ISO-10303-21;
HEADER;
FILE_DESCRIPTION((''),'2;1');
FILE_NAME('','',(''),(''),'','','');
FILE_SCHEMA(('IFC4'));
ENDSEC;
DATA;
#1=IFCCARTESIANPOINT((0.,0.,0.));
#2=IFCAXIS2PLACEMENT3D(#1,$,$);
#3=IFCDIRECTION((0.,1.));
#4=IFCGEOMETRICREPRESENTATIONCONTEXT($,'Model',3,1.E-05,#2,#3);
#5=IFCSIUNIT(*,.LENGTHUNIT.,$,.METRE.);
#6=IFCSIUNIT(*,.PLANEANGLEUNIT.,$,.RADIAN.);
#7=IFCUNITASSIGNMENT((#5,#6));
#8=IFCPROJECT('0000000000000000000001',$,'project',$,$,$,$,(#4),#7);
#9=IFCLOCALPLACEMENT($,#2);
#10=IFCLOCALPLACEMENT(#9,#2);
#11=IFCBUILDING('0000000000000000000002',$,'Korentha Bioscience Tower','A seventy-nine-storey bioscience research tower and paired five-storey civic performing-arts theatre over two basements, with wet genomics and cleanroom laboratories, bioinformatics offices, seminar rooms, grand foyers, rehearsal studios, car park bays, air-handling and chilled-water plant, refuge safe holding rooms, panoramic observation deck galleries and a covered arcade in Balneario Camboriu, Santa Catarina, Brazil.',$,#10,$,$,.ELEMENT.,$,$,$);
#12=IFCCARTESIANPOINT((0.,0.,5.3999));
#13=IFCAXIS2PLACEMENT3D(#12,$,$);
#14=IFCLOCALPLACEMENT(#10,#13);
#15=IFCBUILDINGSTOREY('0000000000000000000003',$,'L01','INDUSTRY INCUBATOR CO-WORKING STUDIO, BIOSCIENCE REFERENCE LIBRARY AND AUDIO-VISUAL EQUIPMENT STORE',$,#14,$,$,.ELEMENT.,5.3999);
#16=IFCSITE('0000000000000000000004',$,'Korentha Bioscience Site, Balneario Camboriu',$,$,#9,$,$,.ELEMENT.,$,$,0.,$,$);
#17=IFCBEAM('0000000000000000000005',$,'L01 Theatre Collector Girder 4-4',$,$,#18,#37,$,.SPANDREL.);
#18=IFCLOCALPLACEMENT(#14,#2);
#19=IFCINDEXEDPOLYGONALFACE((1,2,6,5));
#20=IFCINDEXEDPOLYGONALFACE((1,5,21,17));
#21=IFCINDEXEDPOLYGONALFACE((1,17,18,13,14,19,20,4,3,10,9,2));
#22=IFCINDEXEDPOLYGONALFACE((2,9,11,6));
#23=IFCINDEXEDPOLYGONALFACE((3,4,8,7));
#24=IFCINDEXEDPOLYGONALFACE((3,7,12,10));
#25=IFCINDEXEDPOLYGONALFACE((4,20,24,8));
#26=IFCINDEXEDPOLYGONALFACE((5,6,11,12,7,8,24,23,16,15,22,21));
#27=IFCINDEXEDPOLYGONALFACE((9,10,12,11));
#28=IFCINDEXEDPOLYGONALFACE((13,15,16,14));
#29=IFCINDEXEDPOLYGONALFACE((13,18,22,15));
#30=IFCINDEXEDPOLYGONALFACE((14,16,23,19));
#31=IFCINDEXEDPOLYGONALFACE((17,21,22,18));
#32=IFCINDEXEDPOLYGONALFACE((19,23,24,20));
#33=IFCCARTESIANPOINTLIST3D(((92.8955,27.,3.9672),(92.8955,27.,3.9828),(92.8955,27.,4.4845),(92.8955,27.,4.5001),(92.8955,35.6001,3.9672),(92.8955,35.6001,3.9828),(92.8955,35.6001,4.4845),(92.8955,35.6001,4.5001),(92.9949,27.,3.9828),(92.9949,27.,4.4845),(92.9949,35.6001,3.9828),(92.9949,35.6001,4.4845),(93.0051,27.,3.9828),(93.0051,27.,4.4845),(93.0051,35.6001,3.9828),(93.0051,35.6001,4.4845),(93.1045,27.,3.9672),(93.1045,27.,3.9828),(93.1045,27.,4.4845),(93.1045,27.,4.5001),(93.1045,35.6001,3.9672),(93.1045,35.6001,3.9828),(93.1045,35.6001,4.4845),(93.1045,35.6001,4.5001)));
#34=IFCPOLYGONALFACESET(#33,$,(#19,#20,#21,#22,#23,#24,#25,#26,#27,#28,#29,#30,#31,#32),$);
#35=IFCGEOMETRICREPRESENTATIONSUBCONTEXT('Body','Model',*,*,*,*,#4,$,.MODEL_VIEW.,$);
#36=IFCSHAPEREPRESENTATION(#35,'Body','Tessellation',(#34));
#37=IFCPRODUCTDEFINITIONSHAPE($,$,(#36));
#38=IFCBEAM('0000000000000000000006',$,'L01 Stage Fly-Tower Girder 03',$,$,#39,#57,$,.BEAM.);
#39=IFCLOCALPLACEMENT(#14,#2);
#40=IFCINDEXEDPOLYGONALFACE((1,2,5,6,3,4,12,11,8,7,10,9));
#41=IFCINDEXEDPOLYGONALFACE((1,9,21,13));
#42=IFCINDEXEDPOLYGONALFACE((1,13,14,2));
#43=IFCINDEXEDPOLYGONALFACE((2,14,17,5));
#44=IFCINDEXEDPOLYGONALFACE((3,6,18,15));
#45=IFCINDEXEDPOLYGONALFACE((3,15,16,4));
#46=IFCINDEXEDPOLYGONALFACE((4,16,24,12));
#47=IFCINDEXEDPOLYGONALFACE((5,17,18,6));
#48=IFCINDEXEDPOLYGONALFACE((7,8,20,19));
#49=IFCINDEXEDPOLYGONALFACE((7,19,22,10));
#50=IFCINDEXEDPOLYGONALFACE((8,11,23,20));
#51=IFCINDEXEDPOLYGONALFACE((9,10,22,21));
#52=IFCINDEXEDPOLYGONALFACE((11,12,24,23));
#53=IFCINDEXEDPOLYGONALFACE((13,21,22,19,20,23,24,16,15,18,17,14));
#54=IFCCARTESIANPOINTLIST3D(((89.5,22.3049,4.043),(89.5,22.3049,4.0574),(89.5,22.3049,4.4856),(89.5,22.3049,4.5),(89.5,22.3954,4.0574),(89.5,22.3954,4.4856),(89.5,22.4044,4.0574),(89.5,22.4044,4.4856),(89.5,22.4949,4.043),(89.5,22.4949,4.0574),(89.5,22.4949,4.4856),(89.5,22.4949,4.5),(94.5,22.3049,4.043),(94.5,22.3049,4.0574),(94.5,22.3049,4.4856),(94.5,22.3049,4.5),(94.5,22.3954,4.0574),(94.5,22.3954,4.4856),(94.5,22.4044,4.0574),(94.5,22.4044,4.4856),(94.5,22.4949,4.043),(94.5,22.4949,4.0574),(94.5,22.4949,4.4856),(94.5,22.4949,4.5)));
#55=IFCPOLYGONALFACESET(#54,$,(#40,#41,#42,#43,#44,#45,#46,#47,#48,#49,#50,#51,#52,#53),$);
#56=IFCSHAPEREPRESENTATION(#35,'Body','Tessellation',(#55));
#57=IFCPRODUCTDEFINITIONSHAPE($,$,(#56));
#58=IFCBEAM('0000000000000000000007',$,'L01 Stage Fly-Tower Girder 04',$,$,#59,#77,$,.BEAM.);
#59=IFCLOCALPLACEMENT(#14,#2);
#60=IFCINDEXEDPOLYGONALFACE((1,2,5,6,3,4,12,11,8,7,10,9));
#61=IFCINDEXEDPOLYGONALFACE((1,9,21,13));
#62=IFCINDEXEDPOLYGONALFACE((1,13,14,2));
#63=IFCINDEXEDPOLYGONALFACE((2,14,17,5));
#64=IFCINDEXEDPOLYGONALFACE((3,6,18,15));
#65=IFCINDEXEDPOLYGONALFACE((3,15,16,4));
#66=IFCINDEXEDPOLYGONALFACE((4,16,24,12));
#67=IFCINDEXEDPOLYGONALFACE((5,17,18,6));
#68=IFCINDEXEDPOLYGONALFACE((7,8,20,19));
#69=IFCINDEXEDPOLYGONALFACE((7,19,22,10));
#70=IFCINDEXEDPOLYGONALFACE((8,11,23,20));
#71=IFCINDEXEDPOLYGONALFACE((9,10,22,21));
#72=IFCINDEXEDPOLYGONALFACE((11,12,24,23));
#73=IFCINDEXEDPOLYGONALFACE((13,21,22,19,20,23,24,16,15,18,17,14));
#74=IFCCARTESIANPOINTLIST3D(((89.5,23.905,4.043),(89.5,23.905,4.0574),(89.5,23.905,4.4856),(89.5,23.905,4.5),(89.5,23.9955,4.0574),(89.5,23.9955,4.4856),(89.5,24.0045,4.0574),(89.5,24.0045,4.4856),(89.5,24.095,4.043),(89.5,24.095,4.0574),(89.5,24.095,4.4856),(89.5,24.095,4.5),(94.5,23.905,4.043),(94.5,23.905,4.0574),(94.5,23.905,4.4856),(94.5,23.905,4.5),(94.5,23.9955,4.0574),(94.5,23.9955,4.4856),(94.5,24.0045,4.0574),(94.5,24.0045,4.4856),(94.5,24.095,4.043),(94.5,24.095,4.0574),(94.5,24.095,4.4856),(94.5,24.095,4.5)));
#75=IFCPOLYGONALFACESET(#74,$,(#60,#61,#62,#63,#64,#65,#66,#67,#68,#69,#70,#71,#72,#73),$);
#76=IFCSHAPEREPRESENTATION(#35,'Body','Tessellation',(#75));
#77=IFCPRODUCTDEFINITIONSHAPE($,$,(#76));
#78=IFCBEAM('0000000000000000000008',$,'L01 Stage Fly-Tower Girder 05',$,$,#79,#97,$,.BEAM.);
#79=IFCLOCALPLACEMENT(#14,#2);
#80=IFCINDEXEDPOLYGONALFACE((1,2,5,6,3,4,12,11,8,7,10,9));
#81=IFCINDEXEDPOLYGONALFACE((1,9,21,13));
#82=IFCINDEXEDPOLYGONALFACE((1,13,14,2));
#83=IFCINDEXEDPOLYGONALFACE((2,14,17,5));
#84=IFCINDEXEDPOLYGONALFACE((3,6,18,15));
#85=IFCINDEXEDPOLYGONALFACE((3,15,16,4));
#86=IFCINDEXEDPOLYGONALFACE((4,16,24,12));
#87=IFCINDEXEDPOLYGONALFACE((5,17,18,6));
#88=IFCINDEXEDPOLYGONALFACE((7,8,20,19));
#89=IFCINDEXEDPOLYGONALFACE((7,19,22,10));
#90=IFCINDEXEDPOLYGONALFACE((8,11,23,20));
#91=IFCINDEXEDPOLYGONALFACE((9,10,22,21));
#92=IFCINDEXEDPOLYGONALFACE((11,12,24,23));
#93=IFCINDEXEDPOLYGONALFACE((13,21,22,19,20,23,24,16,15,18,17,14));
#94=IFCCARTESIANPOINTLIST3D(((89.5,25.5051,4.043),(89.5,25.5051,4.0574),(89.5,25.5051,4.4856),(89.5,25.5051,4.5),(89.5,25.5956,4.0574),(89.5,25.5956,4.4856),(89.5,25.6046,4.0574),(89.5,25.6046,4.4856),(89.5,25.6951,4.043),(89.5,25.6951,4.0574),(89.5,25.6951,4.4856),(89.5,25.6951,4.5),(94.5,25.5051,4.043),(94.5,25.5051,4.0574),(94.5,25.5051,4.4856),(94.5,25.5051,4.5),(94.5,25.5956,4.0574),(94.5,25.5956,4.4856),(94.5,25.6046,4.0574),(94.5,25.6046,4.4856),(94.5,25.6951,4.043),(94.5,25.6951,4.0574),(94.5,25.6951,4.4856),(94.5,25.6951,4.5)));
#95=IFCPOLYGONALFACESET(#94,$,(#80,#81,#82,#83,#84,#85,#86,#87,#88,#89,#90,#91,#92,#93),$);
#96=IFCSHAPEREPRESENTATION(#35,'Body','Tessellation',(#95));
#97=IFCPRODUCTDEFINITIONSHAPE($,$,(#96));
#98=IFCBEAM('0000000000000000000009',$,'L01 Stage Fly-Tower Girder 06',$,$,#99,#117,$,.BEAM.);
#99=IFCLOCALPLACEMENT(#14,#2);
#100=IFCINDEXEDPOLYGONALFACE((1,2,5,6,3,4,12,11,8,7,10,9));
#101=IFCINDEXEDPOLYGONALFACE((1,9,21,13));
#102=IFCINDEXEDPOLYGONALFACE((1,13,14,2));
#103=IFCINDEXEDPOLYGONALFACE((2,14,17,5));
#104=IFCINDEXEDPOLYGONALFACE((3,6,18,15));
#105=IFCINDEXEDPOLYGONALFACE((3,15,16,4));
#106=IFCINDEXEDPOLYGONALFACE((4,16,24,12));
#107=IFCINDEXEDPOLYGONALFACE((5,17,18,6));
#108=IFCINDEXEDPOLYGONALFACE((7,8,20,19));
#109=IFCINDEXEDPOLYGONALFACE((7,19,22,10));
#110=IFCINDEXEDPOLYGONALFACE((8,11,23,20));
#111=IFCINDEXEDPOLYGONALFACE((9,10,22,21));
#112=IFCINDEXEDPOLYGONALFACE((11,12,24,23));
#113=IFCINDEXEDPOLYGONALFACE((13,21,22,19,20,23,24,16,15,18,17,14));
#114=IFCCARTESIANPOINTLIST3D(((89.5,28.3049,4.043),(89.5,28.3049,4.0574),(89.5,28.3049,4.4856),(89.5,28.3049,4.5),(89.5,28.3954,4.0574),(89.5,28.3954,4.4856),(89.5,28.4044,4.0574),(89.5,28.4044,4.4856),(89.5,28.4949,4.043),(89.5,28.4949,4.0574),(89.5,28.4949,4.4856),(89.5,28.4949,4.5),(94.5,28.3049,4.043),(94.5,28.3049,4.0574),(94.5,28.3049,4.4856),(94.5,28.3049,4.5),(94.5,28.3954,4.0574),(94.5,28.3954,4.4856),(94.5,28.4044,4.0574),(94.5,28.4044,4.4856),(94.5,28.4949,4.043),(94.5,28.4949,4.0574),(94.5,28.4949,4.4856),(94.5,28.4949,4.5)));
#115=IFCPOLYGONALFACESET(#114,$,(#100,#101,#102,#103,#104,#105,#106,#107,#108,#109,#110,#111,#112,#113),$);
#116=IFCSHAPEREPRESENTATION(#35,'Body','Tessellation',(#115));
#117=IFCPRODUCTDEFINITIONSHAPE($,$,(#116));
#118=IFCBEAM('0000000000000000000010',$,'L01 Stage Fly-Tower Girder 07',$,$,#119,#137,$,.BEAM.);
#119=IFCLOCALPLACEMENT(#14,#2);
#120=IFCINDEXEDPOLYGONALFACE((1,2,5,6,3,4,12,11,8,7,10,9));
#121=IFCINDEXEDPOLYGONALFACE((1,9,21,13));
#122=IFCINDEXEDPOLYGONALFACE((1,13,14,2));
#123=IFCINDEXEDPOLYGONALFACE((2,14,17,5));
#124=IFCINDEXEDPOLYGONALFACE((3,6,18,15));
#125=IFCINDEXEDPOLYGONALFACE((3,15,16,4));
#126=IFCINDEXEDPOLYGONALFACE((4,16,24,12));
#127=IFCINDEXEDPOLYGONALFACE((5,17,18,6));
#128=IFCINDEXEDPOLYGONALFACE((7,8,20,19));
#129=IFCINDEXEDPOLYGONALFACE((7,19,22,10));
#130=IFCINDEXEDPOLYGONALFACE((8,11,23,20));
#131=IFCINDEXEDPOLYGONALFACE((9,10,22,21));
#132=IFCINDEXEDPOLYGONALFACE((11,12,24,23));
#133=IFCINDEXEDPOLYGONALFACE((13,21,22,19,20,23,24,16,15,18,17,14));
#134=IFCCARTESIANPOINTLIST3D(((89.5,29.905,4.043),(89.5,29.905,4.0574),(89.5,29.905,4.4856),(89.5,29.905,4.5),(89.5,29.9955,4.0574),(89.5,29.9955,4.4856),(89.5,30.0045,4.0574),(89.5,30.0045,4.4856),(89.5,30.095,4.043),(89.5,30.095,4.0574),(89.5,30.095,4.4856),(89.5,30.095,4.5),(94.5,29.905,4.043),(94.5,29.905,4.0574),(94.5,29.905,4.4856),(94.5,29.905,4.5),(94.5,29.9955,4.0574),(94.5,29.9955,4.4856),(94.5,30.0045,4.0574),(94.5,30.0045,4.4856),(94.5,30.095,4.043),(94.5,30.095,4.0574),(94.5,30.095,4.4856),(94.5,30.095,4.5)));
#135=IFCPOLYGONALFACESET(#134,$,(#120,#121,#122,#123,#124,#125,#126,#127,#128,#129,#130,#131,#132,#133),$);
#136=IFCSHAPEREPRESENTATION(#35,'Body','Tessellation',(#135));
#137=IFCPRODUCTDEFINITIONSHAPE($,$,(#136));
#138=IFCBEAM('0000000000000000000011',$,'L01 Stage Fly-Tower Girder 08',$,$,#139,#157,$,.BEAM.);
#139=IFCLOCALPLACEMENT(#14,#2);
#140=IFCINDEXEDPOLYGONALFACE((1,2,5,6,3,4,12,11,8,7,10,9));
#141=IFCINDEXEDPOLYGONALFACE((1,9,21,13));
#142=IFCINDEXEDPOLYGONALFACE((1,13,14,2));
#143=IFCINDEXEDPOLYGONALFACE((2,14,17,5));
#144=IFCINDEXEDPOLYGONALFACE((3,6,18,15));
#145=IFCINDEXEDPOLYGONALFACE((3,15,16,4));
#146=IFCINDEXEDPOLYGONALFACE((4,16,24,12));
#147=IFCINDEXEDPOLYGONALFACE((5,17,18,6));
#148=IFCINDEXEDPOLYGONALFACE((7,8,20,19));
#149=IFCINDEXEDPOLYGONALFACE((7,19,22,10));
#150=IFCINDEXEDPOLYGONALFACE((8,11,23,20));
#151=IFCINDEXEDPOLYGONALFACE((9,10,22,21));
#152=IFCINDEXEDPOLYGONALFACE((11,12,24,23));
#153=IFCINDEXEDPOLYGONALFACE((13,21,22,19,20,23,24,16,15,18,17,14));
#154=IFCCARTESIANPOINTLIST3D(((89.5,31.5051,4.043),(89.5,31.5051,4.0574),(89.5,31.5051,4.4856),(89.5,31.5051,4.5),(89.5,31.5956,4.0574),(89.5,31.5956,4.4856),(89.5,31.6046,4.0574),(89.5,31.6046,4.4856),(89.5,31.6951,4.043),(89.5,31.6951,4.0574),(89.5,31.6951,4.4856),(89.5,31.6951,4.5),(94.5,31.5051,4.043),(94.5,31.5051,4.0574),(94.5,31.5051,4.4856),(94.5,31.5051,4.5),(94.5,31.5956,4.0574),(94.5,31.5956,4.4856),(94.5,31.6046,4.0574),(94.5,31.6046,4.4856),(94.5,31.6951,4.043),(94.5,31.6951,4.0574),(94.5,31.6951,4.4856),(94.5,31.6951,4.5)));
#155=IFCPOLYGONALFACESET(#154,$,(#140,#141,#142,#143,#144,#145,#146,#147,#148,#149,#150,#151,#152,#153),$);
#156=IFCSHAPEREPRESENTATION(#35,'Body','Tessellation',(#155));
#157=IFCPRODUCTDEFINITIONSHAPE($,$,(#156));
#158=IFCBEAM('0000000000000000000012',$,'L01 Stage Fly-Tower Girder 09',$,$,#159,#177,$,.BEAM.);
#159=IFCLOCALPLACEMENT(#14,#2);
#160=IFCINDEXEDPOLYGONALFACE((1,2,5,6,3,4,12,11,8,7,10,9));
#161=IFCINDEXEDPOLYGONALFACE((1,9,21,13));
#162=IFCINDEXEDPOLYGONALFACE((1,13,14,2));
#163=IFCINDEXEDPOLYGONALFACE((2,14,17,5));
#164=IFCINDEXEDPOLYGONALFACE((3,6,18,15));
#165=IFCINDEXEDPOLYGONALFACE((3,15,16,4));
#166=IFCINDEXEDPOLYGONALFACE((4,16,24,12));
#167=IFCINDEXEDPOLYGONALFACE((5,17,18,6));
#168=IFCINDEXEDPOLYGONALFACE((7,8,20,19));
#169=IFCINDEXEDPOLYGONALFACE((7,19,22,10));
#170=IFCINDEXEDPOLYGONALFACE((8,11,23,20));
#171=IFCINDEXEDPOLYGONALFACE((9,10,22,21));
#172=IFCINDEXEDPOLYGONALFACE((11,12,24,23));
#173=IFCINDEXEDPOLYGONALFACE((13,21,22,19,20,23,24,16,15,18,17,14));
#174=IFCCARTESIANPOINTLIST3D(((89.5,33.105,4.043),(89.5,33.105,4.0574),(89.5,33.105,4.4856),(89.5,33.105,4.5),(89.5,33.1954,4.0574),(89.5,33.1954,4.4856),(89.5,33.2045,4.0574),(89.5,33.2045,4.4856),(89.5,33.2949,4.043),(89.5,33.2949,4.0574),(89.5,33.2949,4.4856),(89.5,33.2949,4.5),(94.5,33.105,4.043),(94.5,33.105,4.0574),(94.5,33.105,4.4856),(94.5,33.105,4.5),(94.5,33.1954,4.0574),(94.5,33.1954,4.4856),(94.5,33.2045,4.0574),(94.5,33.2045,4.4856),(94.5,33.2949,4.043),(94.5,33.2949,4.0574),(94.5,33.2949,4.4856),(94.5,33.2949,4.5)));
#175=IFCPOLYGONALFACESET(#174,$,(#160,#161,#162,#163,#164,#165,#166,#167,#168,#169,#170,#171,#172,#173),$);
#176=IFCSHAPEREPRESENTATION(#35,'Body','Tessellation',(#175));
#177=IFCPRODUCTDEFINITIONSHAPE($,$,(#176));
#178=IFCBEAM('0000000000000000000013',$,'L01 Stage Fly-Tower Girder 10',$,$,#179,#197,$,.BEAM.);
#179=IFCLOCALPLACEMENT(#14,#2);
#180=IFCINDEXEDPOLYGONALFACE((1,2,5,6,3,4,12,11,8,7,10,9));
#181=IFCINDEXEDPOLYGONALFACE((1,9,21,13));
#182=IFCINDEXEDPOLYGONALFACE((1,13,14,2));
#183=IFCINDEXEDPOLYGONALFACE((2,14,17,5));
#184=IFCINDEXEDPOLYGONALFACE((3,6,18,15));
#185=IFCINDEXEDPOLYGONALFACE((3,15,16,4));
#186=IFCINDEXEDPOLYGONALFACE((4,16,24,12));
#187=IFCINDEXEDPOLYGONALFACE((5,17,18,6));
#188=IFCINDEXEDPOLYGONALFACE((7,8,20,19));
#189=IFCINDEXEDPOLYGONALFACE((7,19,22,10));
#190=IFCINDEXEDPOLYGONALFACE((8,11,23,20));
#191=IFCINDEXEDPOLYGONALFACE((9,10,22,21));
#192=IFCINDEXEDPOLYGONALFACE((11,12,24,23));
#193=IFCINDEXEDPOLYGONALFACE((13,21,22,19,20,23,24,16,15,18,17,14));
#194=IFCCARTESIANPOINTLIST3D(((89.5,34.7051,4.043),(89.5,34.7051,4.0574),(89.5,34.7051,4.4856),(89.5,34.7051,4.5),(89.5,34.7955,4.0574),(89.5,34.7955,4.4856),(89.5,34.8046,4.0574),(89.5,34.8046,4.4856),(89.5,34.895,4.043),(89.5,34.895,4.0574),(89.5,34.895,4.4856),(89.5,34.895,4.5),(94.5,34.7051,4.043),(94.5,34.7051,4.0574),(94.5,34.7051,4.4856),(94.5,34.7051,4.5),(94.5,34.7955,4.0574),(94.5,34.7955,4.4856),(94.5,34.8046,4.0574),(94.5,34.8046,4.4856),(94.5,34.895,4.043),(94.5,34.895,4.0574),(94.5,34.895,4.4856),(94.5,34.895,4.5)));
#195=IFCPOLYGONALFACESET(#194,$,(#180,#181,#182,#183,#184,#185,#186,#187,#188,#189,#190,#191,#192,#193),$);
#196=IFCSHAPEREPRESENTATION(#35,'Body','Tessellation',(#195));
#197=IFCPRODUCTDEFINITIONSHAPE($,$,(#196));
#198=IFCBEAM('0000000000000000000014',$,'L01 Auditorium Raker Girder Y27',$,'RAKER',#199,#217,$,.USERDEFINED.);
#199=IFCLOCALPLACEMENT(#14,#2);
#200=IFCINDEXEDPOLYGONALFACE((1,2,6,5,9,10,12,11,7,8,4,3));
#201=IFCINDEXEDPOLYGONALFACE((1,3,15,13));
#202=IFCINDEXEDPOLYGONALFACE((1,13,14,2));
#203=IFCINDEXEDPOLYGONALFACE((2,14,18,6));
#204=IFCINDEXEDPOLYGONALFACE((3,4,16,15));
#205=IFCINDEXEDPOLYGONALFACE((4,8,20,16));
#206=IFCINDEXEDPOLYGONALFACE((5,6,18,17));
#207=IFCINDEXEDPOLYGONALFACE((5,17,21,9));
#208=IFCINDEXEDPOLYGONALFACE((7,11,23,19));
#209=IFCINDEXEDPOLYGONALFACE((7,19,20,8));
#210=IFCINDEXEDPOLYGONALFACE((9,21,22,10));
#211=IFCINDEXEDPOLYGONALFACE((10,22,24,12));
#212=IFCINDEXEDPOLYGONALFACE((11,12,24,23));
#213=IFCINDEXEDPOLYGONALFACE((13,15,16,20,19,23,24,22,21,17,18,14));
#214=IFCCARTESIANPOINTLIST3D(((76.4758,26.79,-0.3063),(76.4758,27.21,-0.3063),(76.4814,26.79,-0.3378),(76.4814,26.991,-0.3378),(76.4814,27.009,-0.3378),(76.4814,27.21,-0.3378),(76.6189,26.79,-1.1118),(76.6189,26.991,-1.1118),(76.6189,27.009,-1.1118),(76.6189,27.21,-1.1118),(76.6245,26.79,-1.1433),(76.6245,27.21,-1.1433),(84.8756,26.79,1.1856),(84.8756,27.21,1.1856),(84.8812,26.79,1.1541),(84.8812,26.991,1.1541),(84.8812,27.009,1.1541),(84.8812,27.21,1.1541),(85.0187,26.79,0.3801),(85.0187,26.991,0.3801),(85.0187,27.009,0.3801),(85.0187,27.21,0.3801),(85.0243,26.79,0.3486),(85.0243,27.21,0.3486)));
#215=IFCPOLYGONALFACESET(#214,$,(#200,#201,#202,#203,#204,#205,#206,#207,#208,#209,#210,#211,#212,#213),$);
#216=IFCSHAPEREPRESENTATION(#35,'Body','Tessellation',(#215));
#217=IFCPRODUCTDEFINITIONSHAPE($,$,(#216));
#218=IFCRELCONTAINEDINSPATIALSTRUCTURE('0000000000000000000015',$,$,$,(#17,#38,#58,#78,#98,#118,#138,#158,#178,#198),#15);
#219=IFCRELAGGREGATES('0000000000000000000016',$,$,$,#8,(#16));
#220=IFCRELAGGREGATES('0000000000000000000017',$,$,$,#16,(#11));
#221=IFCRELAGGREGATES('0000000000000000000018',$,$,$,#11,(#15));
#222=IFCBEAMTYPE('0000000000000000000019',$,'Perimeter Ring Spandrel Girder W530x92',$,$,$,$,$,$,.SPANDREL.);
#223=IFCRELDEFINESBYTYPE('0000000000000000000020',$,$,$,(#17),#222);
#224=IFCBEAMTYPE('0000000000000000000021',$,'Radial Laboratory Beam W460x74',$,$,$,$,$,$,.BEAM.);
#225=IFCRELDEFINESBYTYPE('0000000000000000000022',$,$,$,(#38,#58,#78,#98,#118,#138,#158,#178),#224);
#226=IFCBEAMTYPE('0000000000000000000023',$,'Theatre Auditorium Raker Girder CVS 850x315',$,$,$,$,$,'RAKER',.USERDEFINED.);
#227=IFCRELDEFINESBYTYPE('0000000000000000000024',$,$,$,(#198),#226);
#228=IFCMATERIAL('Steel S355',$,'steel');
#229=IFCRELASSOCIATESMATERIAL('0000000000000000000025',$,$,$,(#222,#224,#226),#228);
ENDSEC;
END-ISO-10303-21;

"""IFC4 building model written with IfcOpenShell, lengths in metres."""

from ifc_helpers import new_model, si_unit, direction, frame, origin, origin_2d, place, context, subcontext, project, spatial, i_section, extrude, material, material_profile, profile_set, type_object, element, save


model = new_model("IFC4")

# Units and contexts
model_context = context("Model", 3, precision=1e-05, world=origin(), true_north=direction((0.0, 1.0)))
body_context = subcontext(model_context, "Body", "Model", "MODEL_VIEW")
ifc_project = project(units=[si_unit("LENGTHUNIT", "METRE"), si_unit("PLANEANGLEUNIT", "RADIAN")], contexts=[model_context])

# Site, building, storey
site_placement = place(None, origin())
site = spatial("IfcSite", under=ifc_project, at=site_placement, Name="Korentha Bioscience Site, Balneario Camboriu", CompositionType="ELEMENT", RefElevation=0.0)
building_placement = place(site_placement, origin())
building = spatial("IfcBuilding", under=site, at=building_placement, Name="Korentha Bioscience Tower", Description="A seventy-nine-storey bioscience research tower and paired five-storey civic performing-arts theatre over two basements, with wet genomics and cleanroom laboratories, bioinformatics offices, seminar rooms, grand foyers, rehearsal studios, car park bays, air-handling and chilled-water plant, refuge safe holding rooms, panoramic observation deck galleries and a covered arcade in Balneario Camboriu, Santa Catarina, Brazil.", CompositionType="ELEMENT")
storey_placement = place(building_placement, frame((0.0, 0.0, 5.3999)))
storey = spatial("IfcBuildingStorey", under=building, at=storey_placement, Name="L01", Description="INDUSTRY INCUBATOR CO-WORKING STUDIO, BIOSCIENCE REFERENCE LIBRARY AND AUDIO-VISUAL EQUIPMENT STORE", CompositionType="ELEMENT", Elevation=5.3999)

# Shared definitions
ifc_material_1 = material(Name="Steel S355", Category="steel")

# Beams
ifc_material_profile_1 = material_profile(ifc_material_1, i_section(OverallWidth=0.209, OverallDepth=0.533, WebThickness=0.0103, FlangeThickness=0.0156, at=origin_2d()), Name="Steel S355")
ifc_profile_set_1 = profile_set([ifc_material_profile_1], Name="Steel S355 (SB-530)")
beam_type_1 = type_object("IfcBeamType", Name="Perimeter Ring Spandrel Girder W530x92", PredefinedType="SPANDREL", material=ifc_profile_set_1)
beam_1_placement = place(storey_placement, frame((93.0, 27.0, 4.2336), z_axis=(0.0, 1.0, 0.0), x_axis=(-1.0, 0.0, 0.0)))
element("IfcBeam", 1, at=beam_1_placement, inside=storey, type_object=beam_type_1, Name="L01 Theatre Collector Girder 4-4", PredefinedType="SPANDREL", context=body_context, shape_type="SweptSolid", body=[
    extrude(i_section(OverallWidth=0.209, OverallDepth=0.533, WebThickness=0.0103, FlangeThickness=0.0156, at=origin_2d()), origin(), (0.0, 0.0, 1.0), 8.6001),
])
ifc_material_profile_2 = material_profile(ifc_material_1, i_section(OverallWidth=0.1899, OverallDepth=0.457, WebThickness=0.009, FlangeThickness=0.0144, at=origin_2d()), Name="Steel S355")
ifc_profile_set_2 = profile_set([ifc_material_profile_2], Name="Steel S355 (RB-460)")
beam_type_2 = type_object("IfcBeamType", Name="Radial Laboratory Beam W460x74", PredefinedType="BEAM", material=ifc_profile_set_2)
for number, where, z_axis, x_axis, name in (
    (2, (89.5, 22.3999, 4.2715), (1.0, 0.0, 0.0), (0.0, 1.0, 0.0), "L01 Stage Fly-Tower Girder 03"),
    (3, (89.5, 24.0, 4.2715), (1.0, 0.0, 0.0), (0.0, 1.0, 0.0), "L01 Stage Fly-Tower Girder 04"),
    (4, (89.5, 25.6001, 4.2715), (1.0, 0.0, 0.0), (0.0, 1.0, 0.0), "L01 Stage Fly-Tower Girder 05"),
    (5, (89.5, 28.3999, 4.2715), (1.0, 0.0, 0.0), (0.0, 1.0, 0.0), "L01 Stage Fly-Tower Girder 06"),
    (6, (89.5, 30.0, 4.2715), (1.0, 0.0, 0.0), (0.0, 1.0, 0.0), "L01 Stage Fly-Tower Girder 07"),
    (7, (89.5, 31.6001, 4.2715), (1.0, 0.0, 0.0), (0.0, 1.0, 0.0), "L01 Stage Fly-Tower Girder 08"),
    (8, (89.5, 33.2, 4.2715), (1.0, 0.0, 0.0), (0.0, 1.0, 0.0), "L01 Stage Fly-Tower Girder 09"),
    (9, (89.5, 34.8, 4.2715), (1.0, 0.0, 0.0), (0.0, 1.0, 0.0), "L01 Stage Fly-Tower Girder 10"),
):
    element("IfcBeam", number, at=place(storey_placement, frame(where, z_axis=z_axis, x_axis=x_axis)), inside=storey, type_object=beam_type_2, Name=name, PredefinedType="BEAM", context=body_context, shape_type="SweptSolid", body=[
        extrude(i_section(OverallWidth=0.1899, OverallDepth=0.457, WebThickness=0.009, FlangeThickness=0.0144, at=origin_2d()), origin(), (0.0, 0.0, 1.0), 5.0),
    ])
ifc_material_profile_3 = material_profile(ifc_material_1, i_section(OverallWidth=0.4199, OverallDepth=0.8501, WebThickness=0.0181, FlangeThickness=0.032, at=origin_2d()), Name="Steel S355")
ifc_profile_set_3 = profile_set([ifc_material_profile_3], Name="Steel S355 (TR-850)")
beam_type_3 = type_object("IfcBeamType", Name="Theatre Auditorium Raker Girder CVS 850x315", ElementType="RAKER", PredefinedType="USERDEFINED", material=ifc_profile_set_3)
for number, where, z_axis, x_axis, name in (
    (10, (84.95, 27.0, 0.7671), (-0.98459, 0.0, -0.174877), (0.0, -1.0, 0.0), "L01 Auditorium Raker Girder Y27"),
):
    element("IfcBeam", number, at=place(storey_placement, frame(where, z_axis=z_axis, x_axis=x_axis)), inside=storey, type_object=beam_type_3, Name=name, ObjectType="RAKER", PredefinedType="USERDEFINED", context=body_context, shape_type="SweptSolid", body=[
        extrude(i_section(OverallWidth=0.4199, OverallDepth=0.8501, WebThickness=0.0181, FlangeThickness=0.032, at=origin_2d()), origin(), (0.0, 0.0, 1.0), 8.5312),
    ])

save(model, "model.ifc")
